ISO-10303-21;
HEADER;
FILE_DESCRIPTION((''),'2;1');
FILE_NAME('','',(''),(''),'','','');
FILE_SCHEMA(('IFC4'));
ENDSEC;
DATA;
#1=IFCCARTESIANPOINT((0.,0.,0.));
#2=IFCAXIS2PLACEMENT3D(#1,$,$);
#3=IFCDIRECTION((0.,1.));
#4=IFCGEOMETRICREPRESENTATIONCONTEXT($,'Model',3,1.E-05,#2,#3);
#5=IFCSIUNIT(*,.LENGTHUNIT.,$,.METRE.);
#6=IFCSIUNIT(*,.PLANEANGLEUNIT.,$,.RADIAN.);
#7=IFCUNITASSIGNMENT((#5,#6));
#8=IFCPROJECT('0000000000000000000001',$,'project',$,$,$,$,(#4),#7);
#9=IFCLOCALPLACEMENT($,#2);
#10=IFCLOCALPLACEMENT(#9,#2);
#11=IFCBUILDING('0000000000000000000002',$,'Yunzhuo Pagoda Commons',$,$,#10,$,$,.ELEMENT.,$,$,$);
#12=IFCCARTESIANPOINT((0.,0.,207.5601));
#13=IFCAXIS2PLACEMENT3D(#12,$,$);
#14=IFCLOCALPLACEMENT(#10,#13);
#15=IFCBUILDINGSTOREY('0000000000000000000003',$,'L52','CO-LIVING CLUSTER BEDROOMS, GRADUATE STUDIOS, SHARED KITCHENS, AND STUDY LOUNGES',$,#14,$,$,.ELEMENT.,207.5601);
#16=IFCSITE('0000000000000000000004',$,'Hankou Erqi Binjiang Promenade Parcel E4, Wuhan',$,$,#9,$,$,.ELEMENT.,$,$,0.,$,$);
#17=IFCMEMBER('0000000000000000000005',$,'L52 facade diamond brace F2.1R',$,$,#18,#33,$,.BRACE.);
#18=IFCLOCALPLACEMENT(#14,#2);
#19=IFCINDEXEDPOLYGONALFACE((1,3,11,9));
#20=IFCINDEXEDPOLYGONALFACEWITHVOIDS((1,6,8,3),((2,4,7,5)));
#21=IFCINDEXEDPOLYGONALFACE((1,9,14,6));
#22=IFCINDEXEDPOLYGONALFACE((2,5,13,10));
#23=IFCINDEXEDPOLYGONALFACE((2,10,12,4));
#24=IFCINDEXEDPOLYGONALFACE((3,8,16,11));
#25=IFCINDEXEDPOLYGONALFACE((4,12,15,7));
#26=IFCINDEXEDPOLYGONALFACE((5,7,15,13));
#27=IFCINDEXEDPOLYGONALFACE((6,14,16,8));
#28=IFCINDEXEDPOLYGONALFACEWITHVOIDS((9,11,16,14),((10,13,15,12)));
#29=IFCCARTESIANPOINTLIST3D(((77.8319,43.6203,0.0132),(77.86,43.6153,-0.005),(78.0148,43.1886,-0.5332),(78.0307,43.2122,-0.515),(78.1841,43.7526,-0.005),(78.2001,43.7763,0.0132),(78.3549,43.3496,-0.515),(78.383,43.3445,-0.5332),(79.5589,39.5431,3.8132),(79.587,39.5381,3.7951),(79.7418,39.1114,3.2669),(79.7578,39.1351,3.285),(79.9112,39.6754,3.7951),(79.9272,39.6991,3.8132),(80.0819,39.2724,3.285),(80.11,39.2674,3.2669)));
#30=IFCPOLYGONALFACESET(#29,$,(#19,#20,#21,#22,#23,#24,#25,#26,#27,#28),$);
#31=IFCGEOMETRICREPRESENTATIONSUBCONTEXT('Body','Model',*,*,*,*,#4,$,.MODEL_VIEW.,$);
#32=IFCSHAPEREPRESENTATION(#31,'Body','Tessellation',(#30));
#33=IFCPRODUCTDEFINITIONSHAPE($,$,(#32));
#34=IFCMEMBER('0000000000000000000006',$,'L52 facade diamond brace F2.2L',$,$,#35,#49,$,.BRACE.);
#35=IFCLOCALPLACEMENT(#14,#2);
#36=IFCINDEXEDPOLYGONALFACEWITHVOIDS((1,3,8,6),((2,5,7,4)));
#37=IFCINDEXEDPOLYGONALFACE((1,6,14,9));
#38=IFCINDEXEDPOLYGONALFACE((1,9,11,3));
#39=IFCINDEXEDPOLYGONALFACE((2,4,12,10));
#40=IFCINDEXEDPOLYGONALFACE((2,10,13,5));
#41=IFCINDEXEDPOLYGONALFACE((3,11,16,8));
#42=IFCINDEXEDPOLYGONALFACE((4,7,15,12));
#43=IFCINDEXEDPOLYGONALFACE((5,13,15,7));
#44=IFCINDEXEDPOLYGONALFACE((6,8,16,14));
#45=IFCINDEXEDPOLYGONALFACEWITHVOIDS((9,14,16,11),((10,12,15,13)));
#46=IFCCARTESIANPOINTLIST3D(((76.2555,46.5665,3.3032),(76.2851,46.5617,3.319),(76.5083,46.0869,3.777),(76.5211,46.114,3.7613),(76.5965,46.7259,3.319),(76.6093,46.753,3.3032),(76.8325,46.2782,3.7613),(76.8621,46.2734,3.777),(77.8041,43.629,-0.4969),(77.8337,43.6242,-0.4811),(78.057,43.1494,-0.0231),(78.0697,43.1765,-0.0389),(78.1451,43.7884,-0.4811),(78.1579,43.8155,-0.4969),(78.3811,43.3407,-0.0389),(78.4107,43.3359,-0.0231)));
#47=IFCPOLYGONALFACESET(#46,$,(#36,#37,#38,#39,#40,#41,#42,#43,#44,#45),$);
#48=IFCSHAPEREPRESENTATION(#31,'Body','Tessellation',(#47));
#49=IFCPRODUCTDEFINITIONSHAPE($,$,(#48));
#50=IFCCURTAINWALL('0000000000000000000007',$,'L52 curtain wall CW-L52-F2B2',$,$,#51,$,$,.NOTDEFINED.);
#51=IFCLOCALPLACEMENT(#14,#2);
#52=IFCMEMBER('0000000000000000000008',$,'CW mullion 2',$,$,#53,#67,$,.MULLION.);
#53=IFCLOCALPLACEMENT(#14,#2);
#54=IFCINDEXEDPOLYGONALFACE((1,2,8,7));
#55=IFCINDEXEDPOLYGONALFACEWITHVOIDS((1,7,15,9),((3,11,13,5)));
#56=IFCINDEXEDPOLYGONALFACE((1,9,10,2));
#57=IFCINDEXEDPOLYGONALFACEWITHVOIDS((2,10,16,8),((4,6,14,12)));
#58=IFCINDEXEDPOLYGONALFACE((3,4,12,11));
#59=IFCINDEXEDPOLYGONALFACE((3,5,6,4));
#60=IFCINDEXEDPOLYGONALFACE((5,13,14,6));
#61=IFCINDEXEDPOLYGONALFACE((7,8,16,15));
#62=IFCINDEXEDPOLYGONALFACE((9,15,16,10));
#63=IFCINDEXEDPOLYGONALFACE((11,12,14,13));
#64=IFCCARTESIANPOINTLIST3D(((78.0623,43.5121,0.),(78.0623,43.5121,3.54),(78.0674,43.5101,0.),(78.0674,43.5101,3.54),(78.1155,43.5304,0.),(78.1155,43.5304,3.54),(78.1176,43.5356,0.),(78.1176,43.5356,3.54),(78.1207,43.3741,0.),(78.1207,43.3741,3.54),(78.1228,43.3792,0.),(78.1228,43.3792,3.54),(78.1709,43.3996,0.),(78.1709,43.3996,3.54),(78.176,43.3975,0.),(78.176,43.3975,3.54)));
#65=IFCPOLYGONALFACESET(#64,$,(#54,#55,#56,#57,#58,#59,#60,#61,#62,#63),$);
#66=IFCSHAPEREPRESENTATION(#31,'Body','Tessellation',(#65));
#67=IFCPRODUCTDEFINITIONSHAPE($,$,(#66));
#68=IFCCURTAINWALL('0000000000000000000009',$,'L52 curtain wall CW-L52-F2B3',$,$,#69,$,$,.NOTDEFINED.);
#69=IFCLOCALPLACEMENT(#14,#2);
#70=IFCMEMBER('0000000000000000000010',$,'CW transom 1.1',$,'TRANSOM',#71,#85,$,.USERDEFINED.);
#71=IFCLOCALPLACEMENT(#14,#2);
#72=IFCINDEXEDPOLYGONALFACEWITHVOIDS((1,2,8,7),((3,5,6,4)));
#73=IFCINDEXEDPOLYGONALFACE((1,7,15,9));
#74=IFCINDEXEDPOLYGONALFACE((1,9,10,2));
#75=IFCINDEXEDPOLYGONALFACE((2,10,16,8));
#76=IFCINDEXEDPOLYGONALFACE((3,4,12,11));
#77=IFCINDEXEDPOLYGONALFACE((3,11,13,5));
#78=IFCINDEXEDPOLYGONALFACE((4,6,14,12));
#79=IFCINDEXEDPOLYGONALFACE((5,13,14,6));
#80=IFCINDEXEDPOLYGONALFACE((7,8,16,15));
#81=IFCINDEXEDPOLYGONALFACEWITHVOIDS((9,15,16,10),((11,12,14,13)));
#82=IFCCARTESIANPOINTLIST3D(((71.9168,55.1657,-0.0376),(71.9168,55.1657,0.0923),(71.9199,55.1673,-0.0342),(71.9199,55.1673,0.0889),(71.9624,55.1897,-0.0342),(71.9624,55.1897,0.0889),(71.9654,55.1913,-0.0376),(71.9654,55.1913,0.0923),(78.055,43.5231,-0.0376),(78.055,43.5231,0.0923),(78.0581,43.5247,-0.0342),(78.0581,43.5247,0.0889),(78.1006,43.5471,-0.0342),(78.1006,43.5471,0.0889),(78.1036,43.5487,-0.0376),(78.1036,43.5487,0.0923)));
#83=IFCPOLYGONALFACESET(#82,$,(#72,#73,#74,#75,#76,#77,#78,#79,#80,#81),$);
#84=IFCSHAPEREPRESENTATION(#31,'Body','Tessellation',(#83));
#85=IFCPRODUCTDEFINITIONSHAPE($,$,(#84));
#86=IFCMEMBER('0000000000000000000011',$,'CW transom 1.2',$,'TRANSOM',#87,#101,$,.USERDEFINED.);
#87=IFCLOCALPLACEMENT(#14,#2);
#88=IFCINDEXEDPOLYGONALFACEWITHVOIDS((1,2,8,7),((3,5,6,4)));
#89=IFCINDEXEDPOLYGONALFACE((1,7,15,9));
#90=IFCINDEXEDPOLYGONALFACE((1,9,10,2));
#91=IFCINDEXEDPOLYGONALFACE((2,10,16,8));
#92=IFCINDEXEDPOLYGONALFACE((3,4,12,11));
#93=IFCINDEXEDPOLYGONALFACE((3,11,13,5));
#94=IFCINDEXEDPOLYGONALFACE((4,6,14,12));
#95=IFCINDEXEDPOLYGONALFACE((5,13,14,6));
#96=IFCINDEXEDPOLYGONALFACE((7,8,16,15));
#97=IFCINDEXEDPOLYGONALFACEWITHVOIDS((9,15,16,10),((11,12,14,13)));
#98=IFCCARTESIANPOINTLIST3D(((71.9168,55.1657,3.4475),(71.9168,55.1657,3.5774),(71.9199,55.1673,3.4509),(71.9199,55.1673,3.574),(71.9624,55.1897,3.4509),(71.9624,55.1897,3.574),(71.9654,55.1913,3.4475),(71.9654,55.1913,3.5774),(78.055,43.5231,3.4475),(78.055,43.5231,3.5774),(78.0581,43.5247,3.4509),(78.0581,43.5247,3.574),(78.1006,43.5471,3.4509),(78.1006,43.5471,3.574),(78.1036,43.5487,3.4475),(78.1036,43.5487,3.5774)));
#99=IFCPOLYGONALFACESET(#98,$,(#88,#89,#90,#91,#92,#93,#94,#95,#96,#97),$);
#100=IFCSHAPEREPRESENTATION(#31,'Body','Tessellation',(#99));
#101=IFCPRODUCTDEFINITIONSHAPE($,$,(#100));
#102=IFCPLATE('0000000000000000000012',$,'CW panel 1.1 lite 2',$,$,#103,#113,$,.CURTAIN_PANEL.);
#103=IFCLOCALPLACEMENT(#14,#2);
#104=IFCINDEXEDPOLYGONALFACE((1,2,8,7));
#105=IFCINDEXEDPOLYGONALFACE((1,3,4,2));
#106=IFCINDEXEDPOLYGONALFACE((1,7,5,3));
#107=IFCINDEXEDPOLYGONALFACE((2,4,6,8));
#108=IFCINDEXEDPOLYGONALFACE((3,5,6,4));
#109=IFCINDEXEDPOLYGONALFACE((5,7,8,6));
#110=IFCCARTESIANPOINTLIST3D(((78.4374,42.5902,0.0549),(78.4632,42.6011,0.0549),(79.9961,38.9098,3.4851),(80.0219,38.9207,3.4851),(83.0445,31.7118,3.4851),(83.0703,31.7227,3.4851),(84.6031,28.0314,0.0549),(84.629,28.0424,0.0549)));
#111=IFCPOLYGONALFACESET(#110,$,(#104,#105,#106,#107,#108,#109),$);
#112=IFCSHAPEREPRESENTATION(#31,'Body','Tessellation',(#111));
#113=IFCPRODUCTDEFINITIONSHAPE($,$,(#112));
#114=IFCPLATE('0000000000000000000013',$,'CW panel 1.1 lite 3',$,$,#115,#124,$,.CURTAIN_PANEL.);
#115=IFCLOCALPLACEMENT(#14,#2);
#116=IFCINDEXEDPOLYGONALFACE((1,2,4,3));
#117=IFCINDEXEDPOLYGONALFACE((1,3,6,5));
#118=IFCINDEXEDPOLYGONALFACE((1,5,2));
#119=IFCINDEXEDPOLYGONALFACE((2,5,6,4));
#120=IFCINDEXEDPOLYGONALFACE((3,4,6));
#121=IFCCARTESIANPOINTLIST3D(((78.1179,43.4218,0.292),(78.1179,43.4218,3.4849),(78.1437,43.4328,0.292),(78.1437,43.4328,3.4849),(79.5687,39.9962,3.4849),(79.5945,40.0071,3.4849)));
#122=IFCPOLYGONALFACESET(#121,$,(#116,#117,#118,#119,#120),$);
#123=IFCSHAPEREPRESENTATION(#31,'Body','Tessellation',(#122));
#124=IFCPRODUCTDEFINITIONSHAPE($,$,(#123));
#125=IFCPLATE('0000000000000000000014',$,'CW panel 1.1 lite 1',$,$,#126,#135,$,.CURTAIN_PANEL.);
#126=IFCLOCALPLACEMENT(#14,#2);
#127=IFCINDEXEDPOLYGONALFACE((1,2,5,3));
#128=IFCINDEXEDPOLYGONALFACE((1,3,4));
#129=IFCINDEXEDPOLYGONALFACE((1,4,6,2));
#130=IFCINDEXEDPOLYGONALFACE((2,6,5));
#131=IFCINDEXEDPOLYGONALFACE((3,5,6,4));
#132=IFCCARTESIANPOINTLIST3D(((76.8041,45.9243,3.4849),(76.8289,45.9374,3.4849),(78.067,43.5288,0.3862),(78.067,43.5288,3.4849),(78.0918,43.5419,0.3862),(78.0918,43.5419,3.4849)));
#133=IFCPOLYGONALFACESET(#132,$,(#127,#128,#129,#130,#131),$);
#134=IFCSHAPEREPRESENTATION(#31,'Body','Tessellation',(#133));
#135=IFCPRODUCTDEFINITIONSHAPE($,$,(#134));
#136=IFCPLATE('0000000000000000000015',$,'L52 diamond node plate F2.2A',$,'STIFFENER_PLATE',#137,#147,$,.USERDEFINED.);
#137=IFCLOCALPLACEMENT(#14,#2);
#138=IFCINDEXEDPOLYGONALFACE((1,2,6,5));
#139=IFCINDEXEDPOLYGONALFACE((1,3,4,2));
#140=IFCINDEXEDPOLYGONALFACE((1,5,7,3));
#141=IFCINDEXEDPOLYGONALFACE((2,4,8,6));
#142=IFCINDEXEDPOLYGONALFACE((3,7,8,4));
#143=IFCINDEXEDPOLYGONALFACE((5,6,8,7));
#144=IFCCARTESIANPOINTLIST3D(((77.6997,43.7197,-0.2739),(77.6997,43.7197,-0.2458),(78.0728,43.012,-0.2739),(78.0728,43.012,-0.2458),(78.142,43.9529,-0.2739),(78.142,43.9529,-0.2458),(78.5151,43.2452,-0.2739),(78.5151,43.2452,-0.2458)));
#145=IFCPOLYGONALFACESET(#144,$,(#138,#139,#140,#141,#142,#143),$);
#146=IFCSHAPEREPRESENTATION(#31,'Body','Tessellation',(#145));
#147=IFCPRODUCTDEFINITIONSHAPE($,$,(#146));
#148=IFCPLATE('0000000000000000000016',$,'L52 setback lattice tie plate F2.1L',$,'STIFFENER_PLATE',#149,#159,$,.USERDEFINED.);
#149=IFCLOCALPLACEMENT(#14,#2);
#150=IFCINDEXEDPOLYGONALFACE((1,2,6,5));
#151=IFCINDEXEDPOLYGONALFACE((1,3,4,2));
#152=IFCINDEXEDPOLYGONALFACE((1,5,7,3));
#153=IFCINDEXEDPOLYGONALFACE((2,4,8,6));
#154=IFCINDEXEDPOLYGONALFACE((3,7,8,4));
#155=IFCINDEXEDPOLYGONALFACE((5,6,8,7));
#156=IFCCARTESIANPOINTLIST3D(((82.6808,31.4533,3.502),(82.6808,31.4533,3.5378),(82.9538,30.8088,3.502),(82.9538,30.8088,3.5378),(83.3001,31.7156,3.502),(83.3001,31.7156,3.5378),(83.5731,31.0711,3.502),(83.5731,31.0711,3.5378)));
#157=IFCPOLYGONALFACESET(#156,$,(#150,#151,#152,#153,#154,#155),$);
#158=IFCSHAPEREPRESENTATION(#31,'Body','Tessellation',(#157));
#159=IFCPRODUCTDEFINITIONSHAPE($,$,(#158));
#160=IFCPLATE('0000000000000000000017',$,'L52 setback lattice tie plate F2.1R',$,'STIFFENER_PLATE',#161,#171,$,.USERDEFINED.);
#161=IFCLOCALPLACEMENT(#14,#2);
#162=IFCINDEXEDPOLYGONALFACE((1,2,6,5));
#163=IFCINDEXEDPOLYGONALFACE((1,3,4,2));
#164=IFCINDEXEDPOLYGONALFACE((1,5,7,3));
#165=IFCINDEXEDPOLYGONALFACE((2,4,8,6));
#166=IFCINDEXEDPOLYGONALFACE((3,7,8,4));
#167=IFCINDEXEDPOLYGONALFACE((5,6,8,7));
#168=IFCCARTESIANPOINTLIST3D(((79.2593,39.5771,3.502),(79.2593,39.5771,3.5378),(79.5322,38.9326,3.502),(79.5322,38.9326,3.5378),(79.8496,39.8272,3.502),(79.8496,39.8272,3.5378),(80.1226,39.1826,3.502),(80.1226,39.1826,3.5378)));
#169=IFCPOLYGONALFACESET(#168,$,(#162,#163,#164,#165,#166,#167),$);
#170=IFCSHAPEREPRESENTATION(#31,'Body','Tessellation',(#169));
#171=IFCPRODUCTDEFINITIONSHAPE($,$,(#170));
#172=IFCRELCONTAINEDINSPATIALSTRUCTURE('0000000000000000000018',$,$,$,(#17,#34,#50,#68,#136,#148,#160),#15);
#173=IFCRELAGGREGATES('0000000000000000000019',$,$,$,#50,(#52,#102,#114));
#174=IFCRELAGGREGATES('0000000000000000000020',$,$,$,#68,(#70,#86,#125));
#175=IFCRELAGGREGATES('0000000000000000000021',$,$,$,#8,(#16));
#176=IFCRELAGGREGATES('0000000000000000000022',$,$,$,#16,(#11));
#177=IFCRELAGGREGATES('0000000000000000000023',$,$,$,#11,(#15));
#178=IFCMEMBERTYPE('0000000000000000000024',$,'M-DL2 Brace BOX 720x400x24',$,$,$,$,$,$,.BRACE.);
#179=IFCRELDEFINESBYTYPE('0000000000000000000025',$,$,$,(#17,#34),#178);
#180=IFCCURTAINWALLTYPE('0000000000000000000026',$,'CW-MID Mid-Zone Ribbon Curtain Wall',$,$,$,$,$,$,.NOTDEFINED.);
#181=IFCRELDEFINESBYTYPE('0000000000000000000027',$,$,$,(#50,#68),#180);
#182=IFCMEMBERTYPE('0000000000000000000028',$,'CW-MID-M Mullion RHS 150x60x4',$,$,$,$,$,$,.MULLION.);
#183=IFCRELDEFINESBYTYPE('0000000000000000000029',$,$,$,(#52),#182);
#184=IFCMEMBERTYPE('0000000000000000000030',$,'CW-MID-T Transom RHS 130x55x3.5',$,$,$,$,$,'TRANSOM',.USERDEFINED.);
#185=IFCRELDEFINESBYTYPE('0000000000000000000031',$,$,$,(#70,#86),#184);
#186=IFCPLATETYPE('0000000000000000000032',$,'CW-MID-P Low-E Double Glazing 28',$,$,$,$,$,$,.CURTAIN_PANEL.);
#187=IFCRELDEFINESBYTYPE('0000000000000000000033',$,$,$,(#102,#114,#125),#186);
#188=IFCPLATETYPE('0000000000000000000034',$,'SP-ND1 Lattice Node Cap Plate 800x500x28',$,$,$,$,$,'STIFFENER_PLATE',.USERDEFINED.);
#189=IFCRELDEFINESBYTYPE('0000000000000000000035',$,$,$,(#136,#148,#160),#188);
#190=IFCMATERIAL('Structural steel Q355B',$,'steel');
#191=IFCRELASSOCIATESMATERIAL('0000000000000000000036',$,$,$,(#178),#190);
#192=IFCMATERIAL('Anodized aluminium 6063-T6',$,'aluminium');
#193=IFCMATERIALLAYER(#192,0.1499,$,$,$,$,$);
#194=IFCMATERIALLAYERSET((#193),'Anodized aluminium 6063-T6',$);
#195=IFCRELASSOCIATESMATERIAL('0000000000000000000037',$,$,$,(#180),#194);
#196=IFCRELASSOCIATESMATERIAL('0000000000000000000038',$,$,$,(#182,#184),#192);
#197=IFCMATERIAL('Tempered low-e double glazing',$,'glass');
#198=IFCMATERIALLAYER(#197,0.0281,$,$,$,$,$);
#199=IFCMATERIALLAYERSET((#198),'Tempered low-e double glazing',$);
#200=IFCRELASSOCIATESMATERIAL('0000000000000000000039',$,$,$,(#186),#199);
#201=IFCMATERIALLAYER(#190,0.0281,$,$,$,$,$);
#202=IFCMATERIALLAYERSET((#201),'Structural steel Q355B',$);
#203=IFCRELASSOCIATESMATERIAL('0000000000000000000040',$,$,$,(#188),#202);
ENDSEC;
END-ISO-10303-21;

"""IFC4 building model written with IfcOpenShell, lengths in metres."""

from ifc_helpers import new_model, si_unit, direction, frame, origin, origin_2d, place, context, subcontext, project, spatial, polyline, rectangle, hollow_rectangle, outline, extrude, source, transform, mapped, material, layer, layer_set, material_profile, profile_set, type_object, element, aggregate, save


model = new_model("IFC4")

# Units and contexts
model_context = context("Model", 3, precision=1e-05, world=origin(), true_north=direction((0.0, 1.0)))
body_context = subcontext(model_context, "Body", "Model", "MODEL_VIEW")
ifc_project = project(units=[si_unit("LENGTHUNIT", "METRE"), si_unit("PLANEANGLEUNIT", "RADIAN")], contexts=[model_context])

# Site, building, storey
site_placement = place(None, origin())
site = spatial("IfcSite", under=ifc_project, at=site_placement, Name="Hankou Erqi Binjiang Promenade Parcel E4, Wuhan", CompositionType="ELEMENT", RefElevation=0.0)
building_placement = place(site_placement, origin())
building = spatial("IfcBuilding", under=site, at=building_placement, Name="Yunzhuo Pagoda Commons", CompositionType="ELEMENT")
storey_placement = place(building_placement, frame((0.0, 0.0, 207.5601)))
storey = spatial("IfcBuildingStorey", under=building, at=storey_placement, Name="L52", Description="CO-LIVING CLUSTER BEDROOMS, GRADUATE STUDIOS, SHARED KITCHENS, AND STUDY LOUNGES", CompositionType="ELEMENT", Elevation=207.5601)

# Shared definitions
ifc_material_1 = material(Name="Structural steel Q355B", Category="steel")

# Members
ifc_material_profile_1 = material_profile(ifc_material_1, hollow_rectangle(XDim=0.3999, YDim=0.72, WallThickness=0.0239, at=origin_2d()), Name="Structural steel Q355B")
ifc_profile_set_1 = profile_set([ifc_material_profile_1], Name="Structural steel Q355B")
member_type_1 = type_object("IfcMemberType", Name="M-DL2 Brace BOX 720x400x24", PredefinedType="BRACE", material=ifc_profile_set_1)
shared_shape_1 = source(origin(), body_context, "Body", "SweptSolid", [
    extrude(hollow_rectangle(XDim=0.3999, YDim=0.72, WallThickness=0.0239, at=origin_2d()), origin(), (0.0, 0.0, 1.0), 5.835),
])
member_1_placement = place(storey_placement, frame((78.1074, 43.4824, -0.26), z_axis=(0.295986, -0.69875, 0.651261), x_axis=(0.920797, 0.390043, 0.0)))
element("IfcMember", 1, at=member_1_placement, inside=storey, type_object=member_type_1, Name="L52 facade diamond brace F2.1R", PredefinedType="BRACE", context=body_context, shape_type="MappedRepresentation", body=[
    mapped(shared_shape_1, transform((0.0, 0.0, 0.0), scale=1.0)),
])
shared_shape_2 = source(origin(), body_context, "Body", "SweptSolid", [
    extrude(hollow_rectangle(XDim=0.3999, YDim=0.72, WallThickness=0.0239, at=origin_2d()), origin(), (0.0, 0.0, 1.0), 5.0466),
])
member_2_placement = place(storey_placement, frame((78.1074, 43.4824, -0.26), z_axis=(-0.306862, 0.582084, 0.753003), x_axis=(-0.884604, -0.466343, 0.0)))
element("IfcMember", 2, at=member_2_placement, inside=storey, type_object=member_type_1, Name="L52 facade diamond brace F2.2L", PredefinedType="BRACE", context=body_context, shape_type="MappedRepresentation", body=[
    mapped(shared_shape_2, transform((0.0, 0.0, 0.0), scale=1.0)),
])

# Curtain wall, member
ifc_material_2 = material(Name="Anodized aluminium 6063-T6", Category="aluminium")
ifc_layer_1 = layer(ifc_material_2, 0.1499)
ifc_layer_set_1 = layer_set([ifc_layer_1], Name="Anodized aluminium 6063-T6")
curtain_wall_type = type_object("IfcCurtainWallType", Name="CW-MID Mid-Zone Ribbon Curtain Wall", PredefinedType="NOTDEFINED", material=ifc_layer_set_1)
curtain_wall_1_placement = place(storey_placement, origin())
curtain_wall_1 = element("IfcCurtainWall", 3, at=curtain_wall_1_placement, inside=storey, type_object=curtain_wall_type, Name="L52 curtain wall CW-L52-F2B2", PredefinedType="NOTDEFINED")
ifc_material_profile_2 = material_profile(ifc_material_2, hollow_rectangle(XDim=0.0601, YDim=0.1499, WallThickness=0.0039, at=origin_2d()), Name="Anodized aluminium 6063-T6")
ifc_profile_set_2 = profile_set([ifc_material_profile_2], Name="Anodized aluminium 6063-T6")
member_type_2 = type_object("IfcMemberType", Name="CW-MID-M Mullion RHS 150x60x4", PredefinedType="MULLION", material=ifc_profile_set_2)
shared_shape_3 = source(origin(), body_context, "Body", "SweptSolid", [
    extrude(hollow_rectangle(XDim=0.0601, YDim=0.1499, WallThickness=0.0039, at=origin_2d()), origin(), (0.0, 0.0, 1.0), 3.54),
])
member_3_placement = place(storey_placement, frame((78.1191, 43.4548, 0.0), z_axis=(0.0, 0.0, 1.0), x_axis=(-0.920824, -0.389978, 0.0)))
member_3 = element("IfcMember", 4, at=member_3_placement, type_object=member_type_2, Name="CW mullion 2", PredefinedType="MULLION", context=body_context, shape_type="MappedRepresentation", body=[
    mapped(shared_shape_3, transform((0.0, 0.0, 0.0), scale=1.0)),
])

# Curtain wall, members
curtain_wall_2_placement = place(storey_placement, origin())
curtain_wall_2 = element("IfcCurtainWall", 5, at=curtain_wall_2_placement, inside=storey, type_object=curtain_wall_type, Name="L52 curtain wall CW-L52-F2B3", PredefinedType="NOTDEFINED")
ifc_material_profile_3 = material_profile(ifc_material_2, hollow_rectangle(XDim=0.0549, YDim=0.1299, WallThickness=0.0034, at=origin_2d()), Name="Anodized aluminium 6063-T6")
ifc_profile_set_3 = profile_set([ifc_material_profile_3], Name="Anodized aluminium 6063-T6")
member_type_3 = type_object("IfcMemberType", Name="CW-MID-T Transom RHS 130x55x3.5", ElementType="TRANSOM", PredefinedType="USERDEFINED", material=ifc_profile_set_3)
shared_shape_4 = source(origin(), body_context, "Body", "SweptSolid", [
    extrude(hollow_rectangle(XDim=0.0549, YDim=0.1299, WallThickness=0.0034, at=origin_2d()), origin(), (0.0, 0.0, 1.0), 13.1616),
])
member_4_placement = place(storey_placement, frame((78.0793, 43.5359, 0.0273), z_axis=(-0.466372, 0.884589, 0.0), x_axis=(-0.884589, -0.466372, 0.0)))
member_4 = element("IfcMember", 6, at=member_4_placement, type_object=member_type_3, Name="CW transom 1.1", ObjectType="TRANSOM", PredefinedType="USERDEFINED", context=body_context, shape_type="MappedRepresentation", body=[
    mapped(shared_shape_4, transform((0.0, 0.0, 0.0), scale=1.0)),
])
member_5_placement = place(storey_placement, frame((78.0793, 43.5359, 3.5125), z_axis=(-0.466372, 0.884589, 0.0), x_axis=(-0.884589, -0.466372, 0.0)))
member_5 = element("IfcMember", 7, at=member_5_placement, type_object=member_type_3, Name="CW transom 1.2", ObjectType="TRANSOM", PredefinedType="USERDEFINED", context=body_context, shape_type="MappedRepresentation", body=[
    mapped(shared_shape_4, transform((0.0, 0.0, 0.0), scale=1.0)),
])

# Plates
ifc_material_3 = material(Name="Tempered low-e double glazing", Category="glass")
ifc_layer_2 = layer(ifc_material_3, 0.0281)
ifc_layer_set_2 = layer_set([ifc_layer_2], Name="Tempered low-e double glazing")
plate_type_1 = type_object("IfcPlateType", Name="CW-MID-P Low-E Double Glazing 28", PredefinedType="CURTAIN_PANEL", material=ifc_layer_set_2)
plate_1_placement = place(storey_placement, frame((81.5203, 35.3108, 1.77), z_axis=(0.920824, 0.389978, 0.0), x_axis=(-0.389978, 0.920824, 0.0)))
plate_1 = element("IfcPlate", 8, at=plate_1_placement, type_object=plate_type_1, Name="CW panel 1.1 lite 2", PredefinedType="CURTAIN_PANEL", context=body_context, shape_type="SweptSolid", body=[
    extrude(outline(polyline([(-7.9053, -1.7151), (7.9053, -1.7151), (3.9084, 1.7151), (-3.9084, 1.7151), (-7.9053, -1.7151)])), origin(), (0.0, 0.0, 1.0), 0.0281),
])
plate_2_placement = place(storey_placement, frame((78.8433, 41.709, 1.8884), z_axis=(0.920824, 0.389978, 0.0), x_axis=(-0.389978, 0.920824, 0.0)))
plate_2 = element("IfcPlate", 9, at=plate_2_placement, type_object=plate_type_1, Name="CW panel 1.1 lite 3", PredefinedType="CURTAIN_PANEL", context=body_context, shape_type="SweptSolid", body=[
    extrude(outline(polyline([(-1.8601, 1.5964), (1.8601, -1.5964), (1.8601, 1.5964), (-1.8601, 1.5964)])), origin(), (0.0, 0.0, 1.0), 0.0281),
])
aggregate(curtain_wall_1, [member_3, plate_1, plate_2])
plate_3_placement = place(storey_placement, frame((77.4355, 44.7266, 1.9355), z_axis=(0.884592, 0.466366, 0.0), x_axis=(-0.466366, 0.884592, 0.0)))
plate_3 = element("IfcPlate", 10, at=plate_3_placement, type_object=plate_type_1, Name="CW panel 1.1 lite 1", PredefinedType="CURTAIN_PANEL", context=body_context, shape_type="SweptSolid", body=[
    extrude(outline(polyline([(-1.354, -1.5493), (1.354, 1.5493), (-1.354, 1.5493), (-1.354, -1.5493)])), origin(), (0.0, 0.0, 1.0), 0.0281),
])
aggregate(curtain_wall_2, [member_4, member_5, plate_3])

# Plates
ifc_layer_3 = layer(ifc_material_1, 0.0281)
ifc_layer_set_3 = layer_set([ifc_layer_3], Name="Structural steel Q355B")
plate_type_2 = type_object("IfcPlateType", Name="SP-ND1 Lattice Node Cap Plate 800x500x28", ElementType="STIFFENER_PLATE", PredefinedType="USERDEFINED", material=ifc_layer_set_3)
shared_shape_5 = source(origin(), body_context, "Body", "SweptSolid", [
    extrude(rectangle(XDim=0.8, YDim=0.5, at=origin_2d()), origin(), (0.0, 0.0, 1.0), 0.0281),
])
plate_4_placement = place(storey_placement, frame((78.1074, 43.4824, -0.2739), z_axis=(0.0, 0.0, 1.0), x_axis=(-0.466371, 0.884589, 0.0)))
element("IfcPlate", 11, at=plate_4_placement, inside=storey, type_object=plate_type_2, Name="L52 diamond node plate F2.2A", ObjectType="STIFFENER_PLATE", PredefinedType="USERDEFINED", context=body_context, shape_type="MappedRepresentation", body=[
    mapped(shared_shape_5, transform((0.0, 0.0, 0.0), scale=1.0)),
])
shared_shape_6 = source(origin(), body_context, "Body", "SweptSolid", [
    extrude(rectangle(XDim=0.7, YDim=0.6726, at=origin_2d()), origin(), (0.0, 0.0, 1.0), 0.0359),
])
plate_5_placement = place(storey_placement, frame((83.127, 31.2622, 3.502), z_axis=(0.0, 0.0, 1.0), x_axis=(-0.389976, 0.920825, 0.0)))
element("IfcPlate", 12, at=plate_5_placement, inside=storey, type_object=plate_type_2, Name="L52 setback lattice tie plate F2.1L", ObjectType="STIFFENER_PLATE", PredefinedType="USERDEFINED", context=body_context, shape_type="MappedRepresentation", body=[
    mapped(shared_shape_6, transform((0.0, 0.0, 0.0), scale=1.0)),
])
shared_shape_7 = source(origin(), body_context, "Body", "SweptSolid", [
    extrude(rectangle(XDim=0.7, YDim=0.6411, at=origin_2d()), origin(), (0.0, 0.0, 1.0), 0.0359),
])
plate_6_placement = place(storey_placement, frame((79.6909, 39.3799, 3.502), z_axis=(0.0, 0.0, 1.0), x_axis=(-0.389976, 0.920825, 0.0)))
element("IfcPlate", 13, at=plate_6_placement, inside=storey, type_object=plate_type_2, Name="L52 setback lattice tie plate F2.1R", ObjectType="STIFFENER_PLATE", PredefinedType="USERDEFINED", context=body_context, shape_type="MappedRepresentation", body=[
    mapped(shared_shape_7, transform((0.0, 0.0, 0.0), scale=1.0)),
])

save(model, "model.ifc")
